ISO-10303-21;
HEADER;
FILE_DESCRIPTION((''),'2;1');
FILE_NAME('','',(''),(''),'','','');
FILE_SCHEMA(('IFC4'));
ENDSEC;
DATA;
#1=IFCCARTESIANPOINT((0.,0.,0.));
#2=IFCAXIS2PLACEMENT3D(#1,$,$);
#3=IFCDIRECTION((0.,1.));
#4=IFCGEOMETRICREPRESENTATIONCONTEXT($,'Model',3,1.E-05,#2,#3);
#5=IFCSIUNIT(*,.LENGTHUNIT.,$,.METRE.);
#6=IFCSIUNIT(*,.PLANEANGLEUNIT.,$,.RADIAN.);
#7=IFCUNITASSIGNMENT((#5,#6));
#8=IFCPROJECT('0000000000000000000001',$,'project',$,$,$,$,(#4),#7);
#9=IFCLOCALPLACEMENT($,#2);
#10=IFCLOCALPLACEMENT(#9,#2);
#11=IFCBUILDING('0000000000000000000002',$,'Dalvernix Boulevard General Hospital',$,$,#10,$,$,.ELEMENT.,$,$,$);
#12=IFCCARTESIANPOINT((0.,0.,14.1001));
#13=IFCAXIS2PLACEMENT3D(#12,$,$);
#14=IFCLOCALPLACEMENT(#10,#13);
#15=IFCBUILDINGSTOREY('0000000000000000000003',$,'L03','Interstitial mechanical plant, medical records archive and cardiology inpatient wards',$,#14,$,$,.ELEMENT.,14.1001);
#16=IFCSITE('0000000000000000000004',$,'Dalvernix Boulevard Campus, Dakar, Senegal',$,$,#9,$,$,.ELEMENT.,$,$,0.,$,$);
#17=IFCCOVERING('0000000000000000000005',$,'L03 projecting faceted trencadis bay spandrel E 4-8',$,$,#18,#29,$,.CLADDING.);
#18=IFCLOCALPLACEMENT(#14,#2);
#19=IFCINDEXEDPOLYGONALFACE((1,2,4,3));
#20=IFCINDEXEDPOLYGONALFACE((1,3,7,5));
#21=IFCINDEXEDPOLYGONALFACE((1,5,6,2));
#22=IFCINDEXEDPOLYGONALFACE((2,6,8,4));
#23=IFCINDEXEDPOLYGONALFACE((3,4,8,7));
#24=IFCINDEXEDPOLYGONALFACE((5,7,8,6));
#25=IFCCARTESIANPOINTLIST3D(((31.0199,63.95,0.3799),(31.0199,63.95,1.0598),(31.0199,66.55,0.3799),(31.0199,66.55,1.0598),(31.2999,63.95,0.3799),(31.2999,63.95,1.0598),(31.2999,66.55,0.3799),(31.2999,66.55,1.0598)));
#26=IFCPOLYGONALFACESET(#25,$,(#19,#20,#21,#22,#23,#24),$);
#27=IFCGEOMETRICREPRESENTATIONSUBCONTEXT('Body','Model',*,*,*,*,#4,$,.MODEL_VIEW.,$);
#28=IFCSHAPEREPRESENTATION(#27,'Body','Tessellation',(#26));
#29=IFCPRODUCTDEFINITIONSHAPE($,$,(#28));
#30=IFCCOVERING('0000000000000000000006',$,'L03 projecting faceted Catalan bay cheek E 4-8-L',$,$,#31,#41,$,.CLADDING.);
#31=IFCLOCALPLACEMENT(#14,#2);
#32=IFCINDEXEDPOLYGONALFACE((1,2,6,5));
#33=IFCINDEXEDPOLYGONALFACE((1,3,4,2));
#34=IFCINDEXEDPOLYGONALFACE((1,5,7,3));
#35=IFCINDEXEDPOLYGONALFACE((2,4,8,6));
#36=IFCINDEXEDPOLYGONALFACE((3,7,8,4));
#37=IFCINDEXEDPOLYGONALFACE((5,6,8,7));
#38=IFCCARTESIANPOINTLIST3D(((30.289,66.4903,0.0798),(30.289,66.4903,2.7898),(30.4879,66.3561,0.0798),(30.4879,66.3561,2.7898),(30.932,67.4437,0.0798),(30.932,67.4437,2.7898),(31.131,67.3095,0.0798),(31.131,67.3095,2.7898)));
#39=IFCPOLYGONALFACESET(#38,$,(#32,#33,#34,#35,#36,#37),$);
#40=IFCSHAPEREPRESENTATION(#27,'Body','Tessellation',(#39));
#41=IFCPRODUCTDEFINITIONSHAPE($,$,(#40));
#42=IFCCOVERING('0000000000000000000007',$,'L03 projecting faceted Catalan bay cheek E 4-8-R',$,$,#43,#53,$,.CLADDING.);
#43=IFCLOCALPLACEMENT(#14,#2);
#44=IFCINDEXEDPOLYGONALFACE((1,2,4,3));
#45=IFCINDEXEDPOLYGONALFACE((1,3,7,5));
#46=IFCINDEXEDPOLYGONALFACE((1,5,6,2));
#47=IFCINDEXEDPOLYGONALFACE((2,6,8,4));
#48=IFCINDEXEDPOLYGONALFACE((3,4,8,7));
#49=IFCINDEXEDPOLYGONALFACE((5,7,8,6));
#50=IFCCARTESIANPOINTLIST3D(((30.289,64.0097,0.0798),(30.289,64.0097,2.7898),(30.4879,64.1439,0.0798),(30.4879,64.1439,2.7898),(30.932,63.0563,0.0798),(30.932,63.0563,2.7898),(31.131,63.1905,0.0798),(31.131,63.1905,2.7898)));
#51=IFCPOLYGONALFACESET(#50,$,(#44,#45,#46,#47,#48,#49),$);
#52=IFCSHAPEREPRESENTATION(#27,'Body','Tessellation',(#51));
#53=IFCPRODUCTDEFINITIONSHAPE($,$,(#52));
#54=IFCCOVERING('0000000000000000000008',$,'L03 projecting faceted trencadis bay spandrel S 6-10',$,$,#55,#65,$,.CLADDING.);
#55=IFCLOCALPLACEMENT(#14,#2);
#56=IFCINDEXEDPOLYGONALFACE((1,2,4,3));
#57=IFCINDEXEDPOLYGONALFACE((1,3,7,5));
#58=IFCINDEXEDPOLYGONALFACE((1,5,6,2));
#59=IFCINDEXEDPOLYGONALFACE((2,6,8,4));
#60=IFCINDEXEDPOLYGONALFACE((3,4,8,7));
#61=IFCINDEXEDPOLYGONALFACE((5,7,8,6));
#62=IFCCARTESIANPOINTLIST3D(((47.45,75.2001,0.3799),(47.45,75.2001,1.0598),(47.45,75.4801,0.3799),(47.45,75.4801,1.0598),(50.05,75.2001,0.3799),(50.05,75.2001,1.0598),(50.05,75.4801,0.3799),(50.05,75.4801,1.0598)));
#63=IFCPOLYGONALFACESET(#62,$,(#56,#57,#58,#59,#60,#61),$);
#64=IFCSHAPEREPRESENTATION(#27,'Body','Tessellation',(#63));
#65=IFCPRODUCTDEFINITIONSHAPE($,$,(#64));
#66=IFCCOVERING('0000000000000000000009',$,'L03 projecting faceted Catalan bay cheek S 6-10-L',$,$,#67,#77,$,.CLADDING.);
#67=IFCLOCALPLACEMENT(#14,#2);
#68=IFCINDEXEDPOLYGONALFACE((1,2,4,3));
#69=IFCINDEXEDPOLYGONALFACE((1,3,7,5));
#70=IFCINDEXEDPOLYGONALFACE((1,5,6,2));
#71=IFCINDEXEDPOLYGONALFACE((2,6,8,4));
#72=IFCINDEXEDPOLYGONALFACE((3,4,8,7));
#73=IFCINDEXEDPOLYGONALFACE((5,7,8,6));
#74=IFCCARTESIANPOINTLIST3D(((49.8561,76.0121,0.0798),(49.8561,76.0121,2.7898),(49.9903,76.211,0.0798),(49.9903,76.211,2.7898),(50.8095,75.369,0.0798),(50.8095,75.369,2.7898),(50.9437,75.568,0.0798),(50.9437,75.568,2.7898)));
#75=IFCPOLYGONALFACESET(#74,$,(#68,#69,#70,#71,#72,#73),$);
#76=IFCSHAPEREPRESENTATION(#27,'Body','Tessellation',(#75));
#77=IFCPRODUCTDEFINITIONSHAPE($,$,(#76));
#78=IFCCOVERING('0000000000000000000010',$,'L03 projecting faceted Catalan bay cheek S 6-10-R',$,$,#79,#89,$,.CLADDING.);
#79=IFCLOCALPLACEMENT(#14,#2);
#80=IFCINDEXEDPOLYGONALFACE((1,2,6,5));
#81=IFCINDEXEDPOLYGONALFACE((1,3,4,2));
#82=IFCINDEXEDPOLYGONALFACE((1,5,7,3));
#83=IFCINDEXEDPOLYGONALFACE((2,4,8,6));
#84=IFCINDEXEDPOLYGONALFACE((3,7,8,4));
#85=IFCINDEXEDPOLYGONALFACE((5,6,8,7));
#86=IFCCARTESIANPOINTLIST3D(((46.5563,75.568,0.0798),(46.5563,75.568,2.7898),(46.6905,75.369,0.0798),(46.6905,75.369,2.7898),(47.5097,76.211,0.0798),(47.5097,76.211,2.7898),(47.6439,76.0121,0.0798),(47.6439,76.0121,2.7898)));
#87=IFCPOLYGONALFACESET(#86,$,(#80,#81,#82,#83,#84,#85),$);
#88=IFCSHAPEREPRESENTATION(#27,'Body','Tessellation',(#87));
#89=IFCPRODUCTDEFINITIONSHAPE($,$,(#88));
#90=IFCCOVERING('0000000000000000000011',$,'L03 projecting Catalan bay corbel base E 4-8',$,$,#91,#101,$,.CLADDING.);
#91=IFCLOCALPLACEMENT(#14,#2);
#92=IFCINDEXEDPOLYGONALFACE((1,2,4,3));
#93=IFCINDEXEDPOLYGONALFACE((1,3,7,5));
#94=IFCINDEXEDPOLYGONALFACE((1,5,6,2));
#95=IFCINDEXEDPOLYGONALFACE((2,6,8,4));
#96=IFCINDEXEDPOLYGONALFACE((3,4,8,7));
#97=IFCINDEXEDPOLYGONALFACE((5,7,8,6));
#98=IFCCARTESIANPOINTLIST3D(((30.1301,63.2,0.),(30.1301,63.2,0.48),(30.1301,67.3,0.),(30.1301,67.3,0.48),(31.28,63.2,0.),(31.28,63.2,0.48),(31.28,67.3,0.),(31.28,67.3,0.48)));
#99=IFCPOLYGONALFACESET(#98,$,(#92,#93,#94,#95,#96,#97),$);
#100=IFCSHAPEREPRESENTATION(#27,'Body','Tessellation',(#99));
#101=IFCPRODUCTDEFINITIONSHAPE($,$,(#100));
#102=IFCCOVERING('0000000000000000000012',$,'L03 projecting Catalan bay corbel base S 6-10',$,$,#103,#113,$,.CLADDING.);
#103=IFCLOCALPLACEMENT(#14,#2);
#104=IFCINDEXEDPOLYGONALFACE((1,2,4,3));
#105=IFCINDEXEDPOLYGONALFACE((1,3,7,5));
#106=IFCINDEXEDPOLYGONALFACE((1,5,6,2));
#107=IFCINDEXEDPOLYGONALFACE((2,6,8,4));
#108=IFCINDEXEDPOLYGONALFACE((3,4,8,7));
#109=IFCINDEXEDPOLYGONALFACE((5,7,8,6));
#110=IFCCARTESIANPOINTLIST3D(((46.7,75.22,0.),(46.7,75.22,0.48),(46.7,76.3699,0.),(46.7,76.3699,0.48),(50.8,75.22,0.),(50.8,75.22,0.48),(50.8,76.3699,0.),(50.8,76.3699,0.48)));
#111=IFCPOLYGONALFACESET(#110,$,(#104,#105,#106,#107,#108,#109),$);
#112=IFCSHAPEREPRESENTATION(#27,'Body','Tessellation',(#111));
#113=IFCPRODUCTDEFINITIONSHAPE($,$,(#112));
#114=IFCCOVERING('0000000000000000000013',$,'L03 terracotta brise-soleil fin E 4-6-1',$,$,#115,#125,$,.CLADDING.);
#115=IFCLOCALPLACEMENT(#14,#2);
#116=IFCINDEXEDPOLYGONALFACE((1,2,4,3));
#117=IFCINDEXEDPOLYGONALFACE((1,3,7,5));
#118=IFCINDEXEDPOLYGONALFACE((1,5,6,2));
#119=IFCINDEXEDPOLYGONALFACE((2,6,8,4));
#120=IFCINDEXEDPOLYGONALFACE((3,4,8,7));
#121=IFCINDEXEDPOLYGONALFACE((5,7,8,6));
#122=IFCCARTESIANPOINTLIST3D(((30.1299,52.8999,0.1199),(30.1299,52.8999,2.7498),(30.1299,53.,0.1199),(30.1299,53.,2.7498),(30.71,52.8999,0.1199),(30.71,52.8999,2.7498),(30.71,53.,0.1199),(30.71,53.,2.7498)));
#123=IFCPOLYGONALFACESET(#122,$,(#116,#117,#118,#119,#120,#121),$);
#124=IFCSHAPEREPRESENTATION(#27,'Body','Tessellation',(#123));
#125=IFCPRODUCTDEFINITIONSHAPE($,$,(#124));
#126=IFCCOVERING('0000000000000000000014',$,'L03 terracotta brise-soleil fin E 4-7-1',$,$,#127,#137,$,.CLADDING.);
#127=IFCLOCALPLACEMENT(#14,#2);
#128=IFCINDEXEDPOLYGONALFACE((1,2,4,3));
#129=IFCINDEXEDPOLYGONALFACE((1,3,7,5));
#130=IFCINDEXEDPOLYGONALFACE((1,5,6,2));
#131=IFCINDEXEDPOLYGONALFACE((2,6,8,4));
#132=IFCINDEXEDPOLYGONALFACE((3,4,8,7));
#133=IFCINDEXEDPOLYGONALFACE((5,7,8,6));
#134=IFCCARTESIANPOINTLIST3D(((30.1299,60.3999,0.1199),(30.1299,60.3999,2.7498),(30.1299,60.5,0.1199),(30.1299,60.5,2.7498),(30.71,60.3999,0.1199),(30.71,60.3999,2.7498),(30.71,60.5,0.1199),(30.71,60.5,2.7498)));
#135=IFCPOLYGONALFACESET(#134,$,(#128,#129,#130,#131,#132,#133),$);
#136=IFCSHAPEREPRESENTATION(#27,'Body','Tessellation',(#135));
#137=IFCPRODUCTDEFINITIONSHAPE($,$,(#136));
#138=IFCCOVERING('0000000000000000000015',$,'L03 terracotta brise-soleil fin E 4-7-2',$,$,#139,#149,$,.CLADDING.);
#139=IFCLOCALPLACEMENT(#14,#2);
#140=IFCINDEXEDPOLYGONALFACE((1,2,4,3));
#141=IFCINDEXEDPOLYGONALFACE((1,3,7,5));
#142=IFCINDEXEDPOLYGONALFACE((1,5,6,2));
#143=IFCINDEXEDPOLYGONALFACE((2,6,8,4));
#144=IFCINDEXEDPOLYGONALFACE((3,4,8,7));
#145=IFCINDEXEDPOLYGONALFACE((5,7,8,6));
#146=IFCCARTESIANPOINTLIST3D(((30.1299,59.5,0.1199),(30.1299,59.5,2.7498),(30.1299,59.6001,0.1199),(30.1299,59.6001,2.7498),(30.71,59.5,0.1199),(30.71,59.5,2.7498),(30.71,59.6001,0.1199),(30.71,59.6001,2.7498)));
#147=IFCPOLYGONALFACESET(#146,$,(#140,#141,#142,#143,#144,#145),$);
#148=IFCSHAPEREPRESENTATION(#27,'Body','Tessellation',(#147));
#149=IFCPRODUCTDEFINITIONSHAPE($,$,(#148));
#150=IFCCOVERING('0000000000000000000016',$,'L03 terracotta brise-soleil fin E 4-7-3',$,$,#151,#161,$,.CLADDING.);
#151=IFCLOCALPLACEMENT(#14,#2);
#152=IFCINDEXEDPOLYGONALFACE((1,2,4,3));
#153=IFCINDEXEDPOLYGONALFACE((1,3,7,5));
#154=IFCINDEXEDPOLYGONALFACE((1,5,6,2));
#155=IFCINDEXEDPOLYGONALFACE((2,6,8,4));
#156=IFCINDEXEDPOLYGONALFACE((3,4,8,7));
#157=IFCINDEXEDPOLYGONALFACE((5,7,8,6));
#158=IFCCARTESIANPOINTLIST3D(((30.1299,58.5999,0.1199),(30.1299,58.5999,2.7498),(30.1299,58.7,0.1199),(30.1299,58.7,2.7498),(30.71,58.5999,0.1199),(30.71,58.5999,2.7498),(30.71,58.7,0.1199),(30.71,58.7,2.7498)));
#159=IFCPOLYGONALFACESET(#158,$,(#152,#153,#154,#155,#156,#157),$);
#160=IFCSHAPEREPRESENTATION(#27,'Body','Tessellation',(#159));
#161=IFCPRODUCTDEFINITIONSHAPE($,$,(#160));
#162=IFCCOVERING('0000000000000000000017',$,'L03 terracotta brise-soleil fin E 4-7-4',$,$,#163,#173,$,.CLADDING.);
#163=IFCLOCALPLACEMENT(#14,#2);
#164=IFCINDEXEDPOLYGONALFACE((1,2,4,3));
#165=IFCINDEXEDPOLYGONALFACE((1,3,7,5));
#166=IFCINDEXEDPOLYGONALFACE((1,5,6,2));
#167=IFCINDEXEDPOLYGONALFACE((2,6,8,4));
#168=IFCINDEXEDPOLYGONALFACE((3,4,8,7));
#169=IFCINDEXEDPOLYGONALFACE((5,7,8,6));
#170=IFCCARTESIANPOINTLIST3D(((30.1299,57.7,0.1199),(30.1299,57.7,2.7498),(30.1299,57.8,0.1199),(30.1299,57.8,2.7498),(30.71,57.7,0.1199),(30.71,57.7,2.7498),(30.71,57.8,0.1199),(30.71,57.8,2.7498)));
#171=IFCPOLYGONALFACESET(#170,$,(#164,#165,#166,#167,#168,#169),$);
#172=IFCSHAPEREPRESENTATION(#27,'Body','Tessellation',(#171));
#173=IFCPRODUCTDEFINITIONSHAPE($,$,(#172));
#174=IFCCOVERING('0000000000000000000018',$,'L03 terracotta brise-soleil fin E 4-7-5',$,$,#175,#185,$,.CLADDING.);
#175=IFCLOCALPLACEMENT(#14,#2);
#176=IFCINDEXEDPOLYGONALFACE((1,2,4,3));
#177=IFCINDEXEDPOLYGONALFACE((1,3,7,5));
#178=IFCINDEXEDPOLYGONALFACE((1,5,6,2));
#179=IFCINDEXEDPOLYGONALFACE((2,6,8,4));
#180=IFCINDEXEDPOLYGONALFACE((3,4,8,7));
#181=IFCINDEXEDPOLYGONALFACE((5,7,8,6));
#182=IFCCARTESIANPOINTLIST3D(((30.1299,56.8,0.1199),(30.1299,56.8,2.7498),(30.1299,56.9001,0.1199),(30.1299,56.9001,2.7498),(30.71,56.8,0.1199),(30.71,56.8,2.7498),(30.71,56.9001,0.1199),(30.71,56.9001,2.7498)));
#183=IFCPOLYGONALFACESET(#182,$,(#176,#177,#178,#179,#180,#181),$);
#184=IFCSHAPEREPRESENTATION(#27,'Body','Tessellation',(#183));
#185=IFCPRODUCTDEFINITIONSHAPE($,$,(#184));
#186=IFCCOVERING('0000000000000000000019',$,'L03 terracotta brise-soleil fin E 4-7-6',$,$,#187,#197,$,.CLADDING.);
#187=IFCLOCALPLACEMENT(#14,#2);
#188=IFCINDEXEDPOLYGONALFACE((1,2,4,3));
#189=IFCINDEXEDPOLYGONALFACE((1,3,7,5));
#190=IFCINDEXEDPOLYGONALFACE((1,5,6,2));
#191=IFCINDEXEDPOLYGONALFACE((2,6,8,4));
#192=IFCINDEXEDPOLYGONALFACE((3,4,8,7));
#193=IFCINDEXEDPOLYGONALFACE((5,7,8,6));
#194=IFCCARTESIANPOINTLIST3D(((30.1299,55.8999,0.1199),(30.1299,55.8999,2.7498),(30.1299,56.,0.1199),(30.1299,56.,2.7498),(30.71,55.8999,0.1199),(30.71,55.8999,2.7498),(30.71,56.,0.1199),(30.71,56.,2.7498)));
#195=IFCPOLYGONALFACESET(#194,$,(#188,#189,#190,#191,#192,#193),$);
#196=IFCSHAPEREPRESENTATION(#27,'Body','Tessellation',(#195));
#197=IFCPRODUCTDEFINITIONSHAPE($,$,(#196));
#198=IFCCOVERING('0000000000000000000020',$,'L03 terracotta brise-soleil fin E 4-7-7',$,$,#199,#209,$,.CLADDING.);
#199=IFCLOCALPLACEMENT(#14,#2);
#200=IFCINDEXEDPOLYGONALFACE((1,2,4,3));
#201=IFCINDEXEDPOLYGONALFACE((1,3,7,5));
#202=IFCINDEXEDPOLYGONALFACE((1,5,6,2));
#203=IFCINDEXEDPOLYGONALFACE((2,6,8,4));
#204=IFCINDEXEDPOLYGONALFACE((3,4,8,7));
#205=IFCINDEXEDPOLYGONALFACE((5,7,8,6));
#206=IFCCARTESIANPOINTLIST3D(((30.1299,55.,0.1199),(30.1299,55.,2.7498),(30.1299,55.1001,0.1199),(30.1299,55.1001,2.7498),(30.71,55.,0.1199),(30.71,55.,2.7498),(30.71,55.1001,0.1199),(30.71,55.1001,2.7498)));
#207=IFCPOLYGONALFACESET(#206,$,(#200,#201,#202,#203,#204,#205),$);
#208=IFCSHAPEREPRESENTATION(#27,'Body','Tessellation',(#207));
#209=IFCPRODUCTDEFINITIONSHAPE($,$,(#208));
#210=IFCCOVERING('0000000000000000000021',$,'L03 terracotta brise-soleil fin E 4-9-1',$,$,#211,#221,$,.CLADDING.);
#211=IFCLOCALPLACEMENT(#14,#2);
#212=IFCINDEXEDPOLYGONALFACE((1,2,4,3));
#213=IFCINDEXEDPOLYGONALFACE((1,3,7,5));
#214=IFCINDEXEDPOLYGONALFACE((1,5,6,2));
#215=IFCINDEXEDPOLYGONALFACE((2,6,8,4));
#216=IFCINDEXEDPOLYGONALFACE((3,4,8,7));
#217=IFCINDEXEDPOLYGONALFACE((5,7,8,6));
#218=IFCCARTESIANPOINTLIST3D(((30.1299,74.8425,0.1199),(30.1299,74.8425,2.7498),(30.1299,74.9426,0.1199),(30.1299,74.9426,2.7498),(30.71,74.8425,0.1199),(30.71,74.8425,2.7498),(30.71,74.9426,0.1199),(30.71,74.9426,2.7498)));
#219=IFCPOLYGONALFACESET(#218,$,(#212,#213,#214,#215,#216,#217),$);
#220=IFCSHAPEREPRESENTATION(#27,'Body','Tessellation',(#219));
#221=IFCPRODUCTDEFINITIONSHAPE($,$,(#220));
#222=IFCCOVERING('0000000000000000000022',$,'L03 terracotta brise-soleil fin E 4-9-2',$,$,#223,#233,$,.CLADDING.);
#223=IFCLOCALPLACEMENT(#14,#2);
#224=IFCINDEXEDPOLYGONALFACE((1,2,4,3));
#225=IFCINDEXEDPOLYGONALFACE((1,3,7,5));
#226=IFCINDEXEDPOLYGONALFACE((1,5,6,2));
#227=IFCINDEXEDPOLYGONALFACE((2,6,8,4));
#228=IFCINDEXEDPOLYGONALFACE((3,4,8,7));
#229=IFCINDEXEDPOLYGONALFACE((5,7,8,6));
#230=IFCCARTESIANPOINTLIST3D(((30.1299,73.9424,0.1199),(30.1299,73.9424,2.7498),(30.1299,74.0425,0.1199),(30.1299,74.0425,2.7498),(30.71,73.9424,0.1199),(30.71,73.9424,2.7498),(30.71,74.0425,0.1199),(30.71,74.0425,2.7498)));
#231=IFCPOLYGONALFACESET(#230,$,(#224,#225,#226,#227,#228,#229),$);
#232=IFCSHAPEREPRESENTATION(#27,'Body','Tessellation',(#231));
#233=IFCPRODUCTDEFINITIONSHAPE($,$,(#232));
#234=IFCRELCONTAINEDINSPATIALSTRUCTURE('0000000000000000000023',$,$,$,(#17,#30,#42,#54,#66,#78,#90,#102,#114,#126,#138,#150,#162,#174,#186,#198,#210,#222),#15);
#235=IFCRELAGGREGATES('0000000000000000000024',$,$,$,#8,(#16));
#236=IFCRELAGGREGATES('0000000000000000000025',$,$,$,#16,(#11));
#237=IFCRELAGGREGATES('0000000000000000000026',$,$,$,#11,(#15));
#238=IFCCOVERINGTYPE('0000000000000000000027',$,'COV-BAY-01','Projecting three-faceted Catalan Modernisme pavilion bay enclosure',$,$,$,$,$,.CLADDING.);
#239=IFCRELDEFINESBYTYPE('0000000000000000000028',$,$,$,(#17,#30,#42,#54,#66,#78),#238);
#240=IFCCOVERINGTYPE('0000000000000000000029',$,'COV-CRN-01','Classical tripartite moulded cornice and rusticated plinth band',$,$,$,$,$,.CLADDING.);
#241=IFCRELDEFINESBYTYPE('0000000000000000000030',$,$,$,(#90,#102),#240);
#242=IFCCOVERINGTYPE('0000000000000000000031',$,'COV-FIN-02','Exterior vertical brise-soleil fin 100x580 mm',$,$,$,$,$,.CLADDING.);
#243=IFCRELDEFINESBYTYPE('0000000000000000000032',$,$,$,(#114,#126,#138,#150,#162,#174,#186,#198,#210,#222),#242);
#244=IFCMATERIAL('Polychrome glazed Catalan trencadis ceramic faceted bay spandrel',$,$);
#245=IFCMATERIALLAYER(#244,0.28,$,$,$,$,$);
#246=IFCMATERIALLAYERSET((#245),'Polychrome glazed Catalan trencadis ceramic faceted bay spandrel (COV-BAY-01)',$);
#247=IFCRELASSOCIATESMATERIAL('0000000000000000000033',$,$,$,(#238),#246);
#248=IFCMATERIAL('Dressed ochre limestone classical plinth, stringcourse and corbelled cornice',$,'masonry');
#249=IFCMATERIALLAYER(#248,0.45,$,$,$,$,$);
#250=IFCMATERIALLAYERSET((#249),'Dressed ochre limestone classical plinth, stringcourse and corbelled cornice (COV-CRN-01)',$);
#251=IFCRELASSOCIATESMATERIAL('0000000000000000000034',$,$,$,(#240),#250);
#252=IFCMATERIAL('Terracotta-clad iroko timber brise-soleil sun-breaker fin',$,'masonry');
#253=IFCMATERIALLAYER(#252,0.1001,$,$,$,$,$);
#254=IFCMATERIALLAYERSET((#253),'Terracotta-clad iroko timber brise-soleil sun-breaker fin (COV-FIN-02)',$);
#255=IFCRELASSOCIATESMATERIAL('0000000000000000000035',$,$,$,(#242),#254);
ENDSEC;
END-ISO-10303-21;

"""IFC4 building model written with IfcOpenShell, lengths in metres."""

from ifc_helpers import new_model, si_unit, direction, frame, origin, origin_2d, place, context, subcontext, project, spatial, rectangle, extrude, material, layer, layer_set, type_object, element, save


model = new_model("IFC4")

# Units and contexts
model_context = context("Model", 3, precision=1e-05, world=origin(), true_north=direction((0.0, 1.0)))
body_context = subcontext(model_context, "Body", "Model", "MODEL_VIEW")
ifc_project = project(units=[si_unit("LENGTHUNIT", "METRE"), si_unit("PLANEANGLEUNIT", "RADIAN")], contexts=[model_context])

# Site, building, storey
site_placement = place(None, origin())
site = spatial("IfcSite", under=ifc_project, at=site_placement, Name="Dalvernix Boulevard Campus, Dakar, Senegal", CompositionType="ELEMENT", RefElevation=0.0)
building_placement = place(site_placement, origin())
building = spatial("IfcBuilding", under=site, at=building_placement, Name="Dalvernix Boulevard General Hospital", CompositionType="ELEMENT")
storey_placement = place(building_placement, frame((0.0, 0.0, 14.1001)))
storey = spatial("IfcBuildingStorey", under=building, at=storey_placement, Name="L03", Description="Interstitial mechanical plant, medical records archive and cardiology inpatient wards", CompositionType="ELEMENT", Elevation=14.1001)

# Coverings
ifc_material_1 = material(Name="Polychrome glazed Catalan trencadis ceramic faceted bay spandrel")
ifc_layer_1 = layer(ifc_material_1, 0.28)
ifc_layer_set_1 = layer_set([ifc_layer_1], Name="Polychrome glazed Catalan trencadis ceramic faceted bay spandrel (COV-BAY-01)")
covering_type_1 = type_object("IfcCoveringType", Name="COV-BAY-01", Description="Projecting three-faceted Catalan Modernisme pavilion bay enclosure", PredefinedType="CLADDING", material=ifc_layer_set_1)
covering_1_placement = place(storey_placement, frame((31.1599, 65.25, 0.3799), z_axis=(0.0, 0.0, 1.0), x_axis=(0.0, -1.0, 0.0)))
element("IfcCovering", 1, at=covering_1_placement, inside=storey, type_object=covering_type_1, Name="L03 projecting faceted trencadis bay spandrel E 4-8", PredefinedType="CLADDING", context=body_context, shape_type="SweptSolid", body=[
    extrude(rectangle(XDim=2.6001, YDim=0.28, at=origin_2d()), origin(), (0.0, 0.0, 1.0), 0.6799),
])
for number, where, z_axis, x_axis, name in (
    (2, (30.71, 66.8999, 0.0798), (0.0, 0.0, 1.0), (-0.559193, -0.829038, 0.0), "L03 projecting faceted Catalan bay cheek E 4-8-L"),
    (3, (30.71, 63.6001, 0.0798), (0.0, 0.0, 1.0), (0.559193, -0.829038, 0.0), "L03 projecting faceted Catalan bay cheek E 4-8-R"),
):
    element("IfcCovering", number, at=place(storey_placement, frame(where, z_axis=z_axis, x_axis=x_axis)), inside=storey, type_object=covering_type_1, Name=name, PredefinedType="CLADDING", context=body_context, shape_type="SweptSolid", body=[
        extrude(rectangle(XDim=1.1499, YDim=0.24, at=origin_2d()), origin(), (0.0, 0.0, 1.0), 2.71),
    ])
covering_2_placement = place(storey_placement, frame((48.75, 75.3401, 0.3799), z_axis=(0.0, 0.0, 1.0), x_axis=(-1.0, 0.0, 0.0)))
element("IfcCovering", 4, at=covering_2_placement, inside=storey, type_object=covering_type_1, Name="L03 projecting faceted trencadis bay spandrel S 6-10", PredefinedType="CLADDING", context=body_context, shape_type="SweptSolid", body=[
    extrude(rectangle(XDim=2.6001, YDim=0.28, at=origin_2d()), origin(), (0.0, 0.0, 1.0), 0.6799),
])
for number, where, z_axis, x_axis, name in (
    (5, (50.3999, 75.79, 0.0798), (0.0, 0.0, 1.0), (-0.829038, 0.559193, 0.0), "L03 projecting faceted Catalan bay cheek S 6-10-L"),
    (6, (47.1001, 75.79, 0.0798), (0.0, 0.0, 1.0), (-0.829038, -0.559193, 0.0), "L03 projecting faceted Catalan bay cheek S 6-10-R"),
):
    element("IfcCovering", number, at=place(storey_placement, frame(where, z_axis=z_axis, x_axis=x_axis)), inside=storey, type_object=covering_type_1, Name=name, PredefinedType="CLADDING", context=body_context, shape_type="SweptSolid", body=[
        extrude(rectangle(XDim=1.1499, YDim=0.24, at=origin_2d()), origin(), (0.0, 0.0, 1.0), 2.71),
    ])
ifc_material_2 = material(Name="Dressed ochre limestone classical plinth, stringcourse and corbelled cornice", Category="masonry")
ifc_layer_2 = layer(ifc_material_2, 0.45)
ifc_layer_set_2 = layer_set([ifc_layer_2], Name="Dressed ochre limestone classical plinth, stringcourse and corbelled cornice (COV-CRN-01)")
covering_type_2 = type_object("IfcCoveringType", Name="COV-CRN-01", Description="Classical tripartite moulded cornice and rusticated plinth band", PredefinedType="CLADDING", material=ifc_layer_set_2)
for number, where, z_axis, x_axis, name in (
    (7, (30.7051, 65.25, 0.0), (0.0, 0.0, 1.0), (0.0, -1.0, 0.0), "L03 projecting Catalan bay corbel base E 4-8"),
    (8, (48.75, 75.7949, 0.0), (0.0, 0.0, 1.0), (-1.0, 0.0, 0.0), "L03 projecting Catalan bay corbel base S 6-10"),
):
    element("IfcCovering", number, at=place(storey_placement, frame(where, z_axis=z_axis, x_axis=x_axis)), inside=storey, type_object=covering_type_2, Name=name, PredefinedType="CLADDING", context=body_context, shape_type="SweptSolid", body=[
        extrude(rectangle(XDim=4.1001, YDim=1.1499, at=origin_2d()), origin(), (0.0, 0.0, 1.0), 0.48),
    ])
ifc_material_3 = material(Name="Terracotta-clad iroko timber brise-soleil sun-breaker fin", Category="masonry")
ifc_layer_3 = layer(ifc_material_3, 0.1001)
ifc_layer_set_3 = layer_set([ifc_layer_3], Name="Terracotta-clad iroko timber brise-soleil sun-breaker fin (COV-FIN-02)")
covering_type_3 = type_object("IfcCoveringType", Name="COV-FIN-02", Description="Exterior vertical brise-soleil fin 100x580 mm", PredefinedType="CLADDING", material=ifc_layer_set_3)
for number, where, z_axis, x_axis, name in (
    (9, (30.4199, 52.95, 0.1199), (0.0, 0.0, 1.0), (0.0, -1.0, 0.0), "L03 terracotta brise-soleil fin E 4-6-1"),
    (10, (30.4199, 60.45, 0.1199), (0.0, 0.0, 1.0), (0.0, -1.0, 0.0), "L03 terracotta brise-soleil fin E 4-7-1"),
    (11, (30.4199, 59.55, 0.1199), (0.0, 0.0, 1.0), (0.0, -1.0, 0.0), "L03 terracotta brise-soleil fin E 4-7-2"),
    (12, (30.4199, 58.6499, 0.1199), (0.0, 0.0, 1.0), (0.0, -1.0, 0.0), "L03 terracotta brise-soleil fin E 4-7-3"),
    (13, (30.4199, 57.75, 0.1199), (0.0, 0.0, 1.0), (0.0, -1.0, 0.0), "L03 terracotta brise-soleil fin E 4-7-4"),
    (14, (30.4199, 56.8501, 0.1199), (0.0, 0.0, 1.0), (0.0, -1.0, 0.0), "L03 terracotta brise-soleil fin E 4-7-5"),
    (15, (30.4199, 55.95, 0.1199), (0.0, 0.0, 1.0), (0.0, -1.0, 0.0), "L03 terracotta brise-soleil fin E 4-7-6"),
    (16, (30.4199, 55.05, 0.1199), (0.0, 0.0, 1.0), (0.0, -1.0, 0.0), "L03 terracotta brise-soleil fin E 4-7-7"),
    (17, (30.4199, 74.8926, 0.1199), (0.0, 0.0, 1.0), (0.0, -1.0, 0.0), "L03 terracotta brise-soleil fin E 4-9-1"),
    (18, (30.4199, 73.9924, 0.1199), (0.0, 0.0, 1.0), (0.0, -1.0, 0.0), "L03 terracotta brise-soleil fin E 4-9-2"),
):
    element("IfcCovering", number, at=place(storey_placement, frame(where, z_axis=z_axis, x_axis=x_axis)), inside=storey, type_object=covering_type_3, Name=name, PredefinedType="CLADDING", context=body_context, shape_type="SweptSolid", body=[
        extrude(rectangle(XDim=0.1001, YDim=0.5801, at=origin_2d()), origin(), (0.0, 0.0, 1.0), 2.6299),
    ])

save(model, "model.ifc")
